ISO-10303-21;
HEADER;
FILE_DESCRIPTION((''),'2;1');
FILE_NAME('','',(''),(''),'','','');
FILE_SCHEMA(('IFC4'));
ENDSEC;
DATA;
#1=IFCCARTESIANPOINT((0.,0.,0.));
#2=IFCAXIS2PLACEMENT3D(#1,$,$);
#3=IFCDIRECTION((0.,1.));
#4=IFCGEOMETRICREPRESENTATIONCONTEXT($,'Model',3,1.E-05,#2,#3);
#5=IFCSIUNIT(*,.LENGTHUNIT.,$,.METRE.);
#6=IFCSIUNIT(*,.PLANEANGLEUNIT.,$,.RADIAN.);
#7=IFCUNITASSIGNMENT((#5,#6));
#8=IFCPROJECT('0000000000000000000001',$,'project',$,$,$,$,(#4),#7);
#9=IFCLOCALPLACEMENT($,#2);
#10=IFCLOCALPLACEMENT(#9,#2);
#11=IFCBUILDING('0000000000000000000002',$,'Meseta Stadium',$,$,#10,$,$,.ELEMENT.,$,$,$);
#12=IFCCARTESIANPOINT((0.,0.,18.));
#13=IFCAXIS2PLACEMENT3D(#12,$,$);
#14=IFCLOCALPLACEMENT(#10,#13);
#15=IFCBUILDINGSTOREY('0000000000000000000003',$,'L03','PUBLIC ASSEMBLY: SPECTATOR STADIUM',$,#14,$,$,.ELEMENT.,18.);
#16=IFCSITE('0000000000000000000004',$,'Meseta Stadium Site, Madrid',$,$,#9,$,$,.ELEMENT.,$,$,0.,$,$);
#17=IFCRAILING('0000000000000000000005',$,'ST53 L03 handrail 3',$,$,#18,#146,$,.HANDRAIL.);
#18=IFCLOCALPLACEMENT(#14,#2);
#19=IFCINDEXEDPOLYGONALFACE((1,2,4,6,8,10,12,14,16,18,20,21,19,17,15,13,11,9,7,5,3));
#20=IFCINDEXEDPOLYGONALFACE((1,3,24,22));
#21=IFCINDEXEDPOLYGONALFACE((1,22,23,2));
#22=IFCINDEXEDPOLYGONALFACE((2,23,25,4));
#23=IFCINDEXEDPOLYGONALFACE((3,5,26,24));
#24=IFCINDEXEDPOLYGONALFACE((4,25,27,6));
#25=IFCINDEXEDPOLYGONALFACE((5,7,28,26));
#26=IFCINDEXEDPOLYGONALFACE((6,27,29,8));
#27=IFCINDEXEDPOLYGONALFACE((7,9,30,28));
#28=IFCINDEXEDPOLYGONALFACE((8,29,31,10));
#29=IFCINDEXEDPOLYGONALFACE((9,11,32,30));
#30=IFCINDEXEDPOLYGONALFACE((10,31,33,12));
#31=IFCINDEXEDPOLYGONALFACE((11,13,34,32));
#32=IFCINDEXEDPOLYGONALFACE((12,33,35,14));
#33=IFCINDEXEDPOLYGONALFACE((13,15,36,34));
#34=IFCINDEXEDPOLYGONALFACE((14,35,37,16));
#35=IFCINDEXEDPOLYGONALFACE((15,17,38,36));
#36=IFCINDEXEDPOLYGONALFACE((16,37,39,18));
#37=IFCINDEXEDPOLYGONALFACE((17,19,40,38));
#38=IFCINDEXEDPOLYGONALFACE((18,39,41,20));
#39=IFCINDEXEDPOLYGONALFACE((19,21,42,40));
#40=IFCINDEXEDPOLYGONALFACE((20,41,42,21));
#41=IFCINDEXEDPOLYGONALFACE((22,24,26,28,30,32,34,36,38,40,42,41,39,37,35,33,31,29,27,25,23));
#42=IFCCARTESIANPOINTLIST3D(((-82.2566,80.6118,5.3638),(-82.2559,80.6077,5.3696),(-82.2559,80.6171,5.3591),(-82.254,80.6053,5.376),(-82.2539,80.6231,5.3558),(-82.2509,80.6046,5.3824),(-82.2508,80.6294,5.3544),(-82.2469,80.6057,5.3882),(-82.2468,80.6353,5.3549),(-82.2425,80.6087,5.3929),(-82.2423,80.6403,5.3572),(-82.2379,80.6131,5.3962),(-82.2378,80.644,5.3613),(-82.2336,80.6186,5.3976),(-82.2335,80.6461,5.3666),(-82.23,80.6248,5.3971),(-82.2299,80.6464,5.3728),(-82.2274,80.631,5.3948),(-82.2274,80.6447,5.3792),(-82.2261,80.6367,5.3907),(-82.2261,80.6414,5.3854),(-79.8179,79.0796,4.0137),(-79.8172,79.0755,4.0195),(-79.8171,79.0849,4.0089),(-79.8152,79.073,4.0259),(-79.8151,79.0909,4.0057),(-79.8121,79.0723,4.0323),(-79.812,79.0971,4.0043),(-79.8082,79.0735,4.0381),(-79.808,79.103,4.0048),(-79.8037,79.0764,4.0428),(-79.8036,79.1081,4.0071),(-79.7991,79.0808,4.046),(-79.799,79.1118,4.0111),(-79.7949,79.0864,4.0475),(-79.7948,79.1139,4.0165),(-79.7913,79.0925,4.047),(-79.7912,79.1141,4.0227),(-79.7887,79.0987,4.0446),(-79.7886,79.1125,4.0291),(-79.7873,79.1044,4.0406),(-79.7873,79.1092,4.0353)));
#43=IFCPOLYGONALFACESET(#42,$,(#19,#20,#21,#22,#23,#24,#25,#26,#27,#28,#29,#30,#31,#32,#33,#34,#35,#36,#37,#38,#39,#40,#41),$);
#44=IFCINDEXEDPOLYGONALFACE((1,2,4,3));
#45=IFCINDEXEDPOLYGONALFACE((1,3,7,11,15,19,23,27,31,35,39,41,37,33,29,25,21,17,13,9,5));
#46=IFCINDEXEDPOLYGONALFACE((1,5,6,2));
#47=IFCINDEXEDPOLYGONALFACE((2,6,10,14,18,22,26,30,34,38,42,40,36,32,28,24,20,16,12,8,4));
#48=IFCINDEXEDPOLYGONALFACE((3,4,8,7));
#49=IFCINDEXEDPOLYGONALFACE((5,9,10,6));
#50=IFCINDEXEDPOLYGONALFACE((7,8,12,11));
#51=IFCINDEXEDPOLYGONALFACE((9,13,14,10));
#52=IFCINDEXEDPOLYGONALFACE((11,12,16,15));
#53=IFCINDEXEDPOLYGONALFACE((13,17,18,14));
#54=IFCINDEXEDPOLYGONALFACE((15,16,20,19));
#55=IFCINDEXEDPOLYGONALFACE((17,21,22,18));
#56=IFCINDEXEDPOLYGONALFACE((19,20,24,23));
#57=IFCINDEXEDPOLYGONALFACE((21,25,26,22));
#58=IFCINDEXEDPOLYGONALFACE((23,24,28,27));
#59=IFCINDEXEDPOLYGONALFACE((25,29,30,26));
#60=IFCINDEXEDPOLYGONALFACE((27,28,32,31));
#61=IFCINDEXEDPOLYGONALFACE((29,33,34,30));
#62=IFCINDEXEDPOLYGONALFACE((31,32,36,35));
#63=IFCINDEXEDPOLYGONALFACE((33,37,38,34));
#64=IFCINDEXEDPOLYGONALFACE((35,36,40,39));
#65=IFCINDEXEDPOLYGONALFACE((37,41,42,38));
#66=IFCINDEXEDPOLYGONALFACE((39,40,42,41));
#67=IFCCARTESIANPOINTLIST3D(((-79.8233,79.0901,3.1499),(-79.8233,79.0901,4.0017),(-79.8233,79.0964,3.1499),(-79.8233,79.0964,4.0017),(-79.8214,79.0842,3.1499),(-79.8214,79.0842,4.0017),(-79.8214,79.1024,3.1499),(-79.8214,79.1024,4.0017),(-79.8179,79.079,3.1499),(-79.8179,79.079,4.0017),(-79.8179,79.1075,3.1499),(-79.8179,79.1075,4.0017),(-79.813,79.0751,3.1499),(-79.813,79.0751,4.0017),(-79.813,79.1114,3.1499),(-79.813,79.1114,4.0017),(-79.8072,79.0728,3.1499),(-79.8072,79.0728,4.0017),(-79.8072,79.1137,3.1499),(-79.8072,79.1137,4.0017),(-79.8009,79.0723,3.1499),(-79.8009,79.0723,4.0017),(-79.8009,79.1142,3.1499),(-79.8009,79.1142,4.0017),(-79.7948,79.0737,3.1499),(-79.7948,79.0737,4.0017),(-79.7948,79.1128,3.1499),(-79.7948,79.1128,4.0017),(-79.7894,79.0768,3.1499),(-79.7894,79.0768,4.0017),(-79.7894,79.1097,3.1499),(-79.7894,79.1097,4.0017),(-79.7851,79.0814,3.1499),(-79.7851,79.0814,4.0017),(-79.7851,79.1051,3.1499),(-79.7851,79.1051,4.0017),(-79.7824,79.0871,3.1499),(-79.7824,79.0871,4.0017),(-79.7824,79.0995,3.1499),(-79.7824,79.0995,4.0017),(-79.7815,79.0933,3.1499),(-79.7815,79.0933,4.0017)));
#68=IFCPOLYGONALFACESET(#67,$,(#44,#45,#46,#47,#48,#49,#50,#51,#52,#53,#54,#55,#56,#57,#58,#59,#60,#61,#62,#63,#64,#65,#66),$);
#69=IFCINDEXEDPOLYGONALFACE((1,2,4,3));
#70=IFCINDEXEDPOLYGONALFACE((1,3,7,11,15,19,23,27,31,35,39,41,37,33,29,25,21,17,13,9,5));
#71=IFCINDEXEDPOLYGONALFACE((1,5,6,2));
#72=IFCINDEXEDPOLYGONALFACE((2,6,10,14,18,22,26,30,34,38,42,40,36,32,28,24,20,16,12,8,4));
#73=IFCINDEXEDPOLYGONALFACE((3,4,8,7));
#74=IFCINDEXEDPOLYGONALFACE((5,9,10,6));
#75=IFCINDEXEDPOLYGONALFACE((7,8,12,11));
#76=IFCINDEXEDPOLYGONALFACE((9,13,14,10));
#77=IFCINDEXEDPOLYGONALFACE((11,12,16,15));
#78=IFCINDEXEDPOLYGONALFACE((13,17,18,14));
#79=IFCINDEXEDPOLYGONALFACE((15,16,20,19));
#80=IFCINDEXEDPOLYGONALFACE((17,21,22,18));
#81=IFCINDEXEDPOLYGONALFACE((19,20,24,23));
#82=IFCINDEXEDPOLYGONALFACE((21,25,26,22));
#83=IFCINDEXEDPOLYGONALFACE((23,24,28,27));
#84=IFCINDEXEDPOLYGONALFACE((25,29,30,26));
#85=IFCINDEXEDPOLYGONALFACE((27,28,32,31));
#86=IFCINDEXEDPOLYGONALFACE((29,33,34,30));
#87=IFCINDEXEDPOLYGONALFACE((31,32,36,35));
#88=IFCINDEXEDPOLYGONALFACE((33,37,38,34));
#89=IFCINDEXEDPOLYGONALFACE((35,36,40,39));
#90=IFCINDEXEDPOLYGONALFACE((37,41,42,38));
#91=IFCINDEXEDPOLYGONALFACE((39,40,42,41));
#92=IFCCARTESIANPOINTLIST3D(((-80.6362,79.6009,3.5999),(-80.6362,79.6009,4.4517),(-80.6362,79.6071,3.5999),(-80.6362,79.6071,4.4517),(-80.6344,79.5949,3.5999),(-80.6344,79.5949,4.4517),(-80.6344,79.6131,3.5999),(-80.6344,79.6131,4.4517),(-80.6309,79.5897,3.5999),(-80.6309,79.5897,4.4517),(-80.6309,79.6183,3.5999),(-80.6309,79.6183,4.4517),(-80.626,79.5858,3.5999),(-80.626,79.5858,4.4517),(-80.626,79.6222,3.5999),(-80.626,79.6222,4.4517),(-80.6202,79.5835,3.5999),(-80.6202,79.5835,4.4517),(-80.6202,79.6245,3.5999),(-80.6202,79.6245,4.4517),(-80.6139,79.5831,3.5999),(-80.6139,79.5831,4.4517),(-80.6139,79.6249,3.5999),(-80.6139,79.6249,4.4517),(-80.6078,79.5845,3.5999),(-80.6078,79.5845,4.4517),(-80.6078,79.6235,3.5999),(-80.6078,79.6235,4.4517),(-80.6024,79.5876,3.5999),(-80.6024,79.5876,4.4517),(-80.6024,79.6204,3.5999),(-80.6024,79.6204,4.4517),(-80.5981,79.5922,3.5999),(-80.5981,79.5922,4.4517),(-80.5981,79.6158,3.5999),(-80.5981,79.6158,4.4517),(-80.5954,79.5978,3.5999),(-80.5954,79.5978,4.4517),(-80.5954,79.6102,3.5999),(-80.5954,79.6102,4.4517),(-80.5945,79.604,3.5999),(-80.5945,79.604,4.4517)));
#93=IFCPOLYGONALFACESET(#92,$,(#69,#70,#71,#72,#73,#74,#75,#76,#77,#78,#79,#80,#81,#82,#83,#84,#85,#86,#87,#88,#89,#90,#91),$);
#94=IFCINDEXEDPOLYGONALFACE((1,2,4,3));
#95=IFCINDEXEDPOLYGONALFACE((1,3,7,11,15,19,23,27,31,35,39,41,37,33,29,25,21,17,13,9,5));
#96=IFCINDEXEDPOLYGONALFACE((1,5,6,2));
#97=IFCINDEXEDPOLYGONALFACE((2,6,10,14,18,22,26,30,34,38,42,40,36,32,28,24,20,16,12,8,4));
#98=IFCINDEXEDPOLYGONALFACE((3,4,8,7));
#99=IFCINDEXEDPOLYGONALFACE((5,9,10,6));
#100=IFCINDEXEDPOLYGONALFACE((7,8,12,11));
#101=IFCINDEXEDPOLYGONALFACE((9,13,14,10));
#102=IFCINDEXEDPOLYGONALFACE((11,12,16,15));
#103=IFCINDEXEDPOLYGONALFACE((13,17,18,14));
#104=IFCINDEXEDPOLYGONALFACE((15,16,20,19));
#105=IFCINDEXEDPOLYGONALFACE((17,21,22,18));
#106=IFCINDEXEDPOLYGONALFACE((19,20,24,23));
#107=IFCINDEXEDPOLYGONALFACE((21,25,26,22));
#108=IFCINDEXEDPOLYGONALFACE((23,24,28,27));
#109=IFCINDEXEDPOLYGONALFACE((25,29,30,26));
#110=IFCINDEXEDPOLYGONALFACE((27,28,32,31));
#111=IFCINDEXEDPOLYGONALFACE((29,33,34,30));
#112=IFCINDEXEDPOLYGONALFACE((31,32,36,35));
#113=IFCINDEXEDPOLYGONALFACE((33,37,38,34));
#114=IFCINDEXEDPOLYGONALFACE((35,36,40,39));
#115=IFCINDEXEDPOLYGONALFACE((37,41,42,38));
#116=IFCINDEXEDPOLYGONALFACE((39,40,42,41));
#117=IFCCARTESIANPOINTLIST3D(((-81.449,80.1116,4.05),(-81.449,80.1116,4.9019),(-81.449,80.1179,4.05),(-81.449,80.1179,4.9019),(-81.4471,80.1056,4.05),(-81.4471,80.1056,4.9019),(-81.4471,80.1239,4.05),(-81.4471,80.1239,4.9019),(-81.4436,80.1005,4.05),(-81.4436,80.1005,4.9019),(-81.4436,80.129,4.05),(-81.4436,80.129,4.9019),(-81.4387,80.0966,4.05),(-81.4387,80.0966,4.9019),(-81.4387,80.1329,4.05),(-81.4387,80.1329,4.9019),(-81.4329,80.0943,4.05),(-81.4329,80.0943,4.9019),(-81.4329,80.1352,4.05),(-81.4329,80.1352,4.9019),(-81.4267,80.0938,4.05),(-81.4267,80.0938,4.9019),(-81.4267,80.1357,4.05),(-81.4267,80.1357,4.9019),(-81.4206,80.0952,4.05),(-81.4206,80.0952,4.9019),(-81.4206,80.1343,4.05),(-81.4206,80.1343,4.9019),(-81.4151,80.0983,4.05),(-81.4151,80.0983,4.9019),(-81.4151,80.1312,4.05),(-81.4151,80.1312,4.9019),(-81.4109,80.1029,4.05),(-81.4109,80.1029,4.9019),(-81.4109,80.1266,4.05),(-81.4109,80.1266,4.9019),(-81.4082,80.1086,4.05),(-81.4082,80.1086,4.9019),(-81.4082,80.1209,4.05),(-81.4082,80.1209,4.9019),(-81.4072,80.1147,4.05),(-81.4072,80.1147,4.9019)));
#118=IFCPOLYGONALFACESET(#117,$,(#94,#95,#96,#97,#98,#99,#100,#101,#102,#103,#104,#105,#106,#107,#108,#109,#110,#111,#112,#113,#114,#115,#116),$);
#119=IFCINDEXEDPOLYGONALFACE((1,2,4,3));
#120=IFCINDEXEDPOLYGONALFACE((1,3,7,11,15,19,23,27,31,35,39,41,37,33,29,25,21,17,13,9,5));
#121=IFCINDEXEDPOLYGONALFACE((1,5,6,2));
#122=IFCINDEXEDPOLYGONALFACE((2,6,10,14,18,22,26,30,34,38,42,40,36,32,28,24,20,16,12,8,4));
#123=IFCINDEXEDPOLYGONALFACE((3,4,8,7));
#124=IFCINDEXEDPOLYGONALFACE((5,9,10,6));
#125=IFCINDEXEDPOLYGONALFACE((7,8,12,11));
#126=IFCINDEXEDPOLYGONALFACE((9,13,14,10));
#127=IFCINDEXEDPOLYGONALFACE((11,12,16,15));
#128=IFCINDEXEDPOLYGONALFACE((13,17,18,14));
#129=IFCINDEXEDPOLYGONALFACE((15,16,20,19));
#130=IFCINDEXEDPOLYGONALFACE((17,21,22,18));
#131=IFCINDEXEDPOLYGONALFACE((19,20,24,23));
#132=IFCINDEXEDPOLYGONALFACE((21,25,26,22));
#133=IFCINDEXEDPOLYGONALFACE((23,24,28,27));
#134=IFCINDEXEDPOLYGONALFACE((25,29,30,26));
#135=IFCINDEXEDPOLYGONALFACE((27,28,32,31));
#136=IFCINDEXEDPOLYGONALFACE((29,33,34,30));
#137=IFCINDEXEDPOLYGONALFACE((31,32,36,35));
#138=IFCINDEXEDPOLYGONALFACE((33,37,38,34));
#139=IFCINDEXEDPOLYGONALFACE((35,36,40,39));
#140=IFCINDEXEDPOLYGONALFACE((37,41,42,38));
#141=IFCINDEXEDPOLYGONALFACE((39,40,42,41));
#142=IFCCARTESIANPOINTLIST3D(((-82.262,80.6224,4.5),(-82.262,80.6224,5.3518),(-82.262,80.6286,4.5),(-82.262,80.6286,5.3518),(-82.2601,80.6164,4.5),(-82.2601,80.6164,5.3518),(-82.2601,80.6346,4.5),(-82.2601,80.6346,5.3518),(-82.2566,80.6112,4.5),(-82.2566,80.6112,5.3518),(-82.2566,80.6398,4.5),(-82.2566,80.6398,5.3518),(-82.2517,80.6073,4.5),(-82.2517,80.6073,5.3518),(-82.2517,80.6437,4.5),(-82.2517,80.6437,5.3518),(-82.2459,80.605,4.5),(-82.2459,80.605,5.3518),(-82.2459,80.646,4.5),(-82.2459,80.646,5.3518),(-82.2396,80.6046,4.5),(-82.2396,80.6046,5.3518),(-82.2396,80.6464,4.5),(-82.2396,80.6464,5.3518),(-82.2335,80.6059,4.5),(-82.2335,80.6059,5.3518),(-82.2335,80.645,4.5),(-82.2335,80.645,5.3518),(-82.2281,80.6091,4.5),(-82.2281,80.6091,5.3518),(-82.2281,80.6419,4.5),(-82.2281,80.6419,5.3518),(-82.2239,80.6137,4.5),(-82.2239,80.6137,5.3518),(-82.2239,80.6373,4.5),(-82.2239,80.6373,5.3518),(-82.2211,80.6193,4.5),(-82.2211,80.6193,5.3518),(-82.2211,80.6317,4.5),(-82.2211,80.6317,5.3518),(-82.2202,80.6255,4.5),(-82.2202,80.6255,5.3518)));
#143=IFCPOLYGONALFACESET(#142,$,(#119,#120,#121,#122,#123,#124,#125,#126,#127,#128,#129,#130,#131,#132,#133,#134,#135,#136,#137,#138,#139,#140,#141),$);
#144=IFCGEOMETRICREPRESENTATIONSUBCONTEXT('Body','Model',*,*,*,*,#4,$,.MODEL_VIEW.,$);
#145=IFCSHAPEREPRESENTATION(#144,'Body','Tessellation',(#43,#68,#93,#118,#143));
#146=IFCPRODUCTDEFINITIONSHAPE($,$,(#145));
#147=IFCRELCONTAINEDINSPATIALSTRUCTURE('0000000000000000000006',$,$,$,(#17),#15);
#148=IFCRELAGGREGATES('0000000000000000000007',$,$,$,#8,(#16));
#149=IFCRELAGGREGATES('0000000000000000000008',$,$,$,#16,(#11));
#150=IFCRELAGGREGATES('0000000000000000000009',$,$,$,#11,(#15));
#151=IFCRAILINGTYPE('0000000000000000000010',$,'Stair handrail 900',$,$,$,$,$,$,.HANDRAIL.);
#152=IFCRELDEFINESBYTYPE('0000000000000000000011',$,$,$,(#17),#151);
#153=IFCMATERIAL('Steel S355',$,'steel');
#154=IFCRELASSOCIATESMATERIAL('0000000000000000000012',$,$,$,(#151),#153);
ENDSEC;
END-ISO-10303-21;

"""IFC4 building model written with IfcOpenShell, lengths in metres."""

from ifc_helpers import new_model, si_unit, direction, frame, origin, origin_2d, place, context, subcontext, project, spatial, circle, extrude, material, type_object, element, save


model = new_model("IFC4")

# Units and contexts
model_context = context("Model", 3, precision=1e-05, world=origin(), true_north=direction((0.0, 1.0)))
body_context = subcontext(model_context, "Body", "Model", "MODEL_VIEW")
ifc_project = project(units=[si_unit("LENGTHUNIT", "METRE"), si_unit("PLANEANGLEUNIT", "RADIAN")], contexts=[model_context])

# Site, building, storey
site_placement = place(None, origin())
site = spatial("IfcSite", under=ifc_project, at=site_placement, Name="Meseta Stadium Site, Madrid", CompositionType="ELEMENT", RefElevation=0.0)
building_placement = place(site_placement, origin())
building = spatial("IfcBuilding", under=site, at=building_placement, Name="Meseta Stadium", CompositionType="ELEMENT")
storey_placement = place(building_placement, frame((0.0, 0.0, 18.0)))
storey = spatial("IfcBuildingStorey", under=building, at=storey_placement, Name="L03", Description="PUBLIC ASSEMBLY: SPECTATOR STADIUM", CompositionType="ELEMENT", Elevation=18.0)

# Railing
ifc_material_1 = material(Name="Steel S355", Category="steel")
railing_type_1 = type_object("IfcRailingType", Name="Stair handrail 900", PredefinedType="HANDRAIL", material=ifc_material_1)
railing_1_placement = place(storey_placement, frame((-79.8025, 79.0933, 3.1499)))
element("IfcRailing", 1, at=railing_1_placement, inside=storey, type_object=railing_type_1, Name="ST53 L03 handrail 3", PredefinedType="HANDRAIL", context=body_context, shape_type="SweptSolid", body=[
    extrude(circle(Radius=0.0239, at=origin_2d()), frame((0.0, 0.0, 0.876), z_axis=(-0.766687, 0.481703, 0.424445), x_axis=(-0.532001, -0.846743, 0.0)), (0.0, 0.0, 1.0), 3.1809),
    extrude(circle(Radius=0.021, at=origin_2d()), origin(), (0.0, 0.0, 1.0), 0.8518),
    extrude(circle(Radius=0.021, at=origin_2d()), frame((-0.813, 0.5107, 0.45)), (0.0, 0.0, 1.0), 0.8518),
    extrude(circle(Radius=0.021, at=origin_2d()), frame((-1.6257, 1.0215, 0.9001)), (0.0, 0.0, 1.0), 0.8518),
    extrude(circle(Radius=0.021, at=origin_2d()), frame((-2.4387, 1.5322, 1.3501)), (0.0, 0.0, 1.0), 0.8518),
])

save(model, "model.ifc")
